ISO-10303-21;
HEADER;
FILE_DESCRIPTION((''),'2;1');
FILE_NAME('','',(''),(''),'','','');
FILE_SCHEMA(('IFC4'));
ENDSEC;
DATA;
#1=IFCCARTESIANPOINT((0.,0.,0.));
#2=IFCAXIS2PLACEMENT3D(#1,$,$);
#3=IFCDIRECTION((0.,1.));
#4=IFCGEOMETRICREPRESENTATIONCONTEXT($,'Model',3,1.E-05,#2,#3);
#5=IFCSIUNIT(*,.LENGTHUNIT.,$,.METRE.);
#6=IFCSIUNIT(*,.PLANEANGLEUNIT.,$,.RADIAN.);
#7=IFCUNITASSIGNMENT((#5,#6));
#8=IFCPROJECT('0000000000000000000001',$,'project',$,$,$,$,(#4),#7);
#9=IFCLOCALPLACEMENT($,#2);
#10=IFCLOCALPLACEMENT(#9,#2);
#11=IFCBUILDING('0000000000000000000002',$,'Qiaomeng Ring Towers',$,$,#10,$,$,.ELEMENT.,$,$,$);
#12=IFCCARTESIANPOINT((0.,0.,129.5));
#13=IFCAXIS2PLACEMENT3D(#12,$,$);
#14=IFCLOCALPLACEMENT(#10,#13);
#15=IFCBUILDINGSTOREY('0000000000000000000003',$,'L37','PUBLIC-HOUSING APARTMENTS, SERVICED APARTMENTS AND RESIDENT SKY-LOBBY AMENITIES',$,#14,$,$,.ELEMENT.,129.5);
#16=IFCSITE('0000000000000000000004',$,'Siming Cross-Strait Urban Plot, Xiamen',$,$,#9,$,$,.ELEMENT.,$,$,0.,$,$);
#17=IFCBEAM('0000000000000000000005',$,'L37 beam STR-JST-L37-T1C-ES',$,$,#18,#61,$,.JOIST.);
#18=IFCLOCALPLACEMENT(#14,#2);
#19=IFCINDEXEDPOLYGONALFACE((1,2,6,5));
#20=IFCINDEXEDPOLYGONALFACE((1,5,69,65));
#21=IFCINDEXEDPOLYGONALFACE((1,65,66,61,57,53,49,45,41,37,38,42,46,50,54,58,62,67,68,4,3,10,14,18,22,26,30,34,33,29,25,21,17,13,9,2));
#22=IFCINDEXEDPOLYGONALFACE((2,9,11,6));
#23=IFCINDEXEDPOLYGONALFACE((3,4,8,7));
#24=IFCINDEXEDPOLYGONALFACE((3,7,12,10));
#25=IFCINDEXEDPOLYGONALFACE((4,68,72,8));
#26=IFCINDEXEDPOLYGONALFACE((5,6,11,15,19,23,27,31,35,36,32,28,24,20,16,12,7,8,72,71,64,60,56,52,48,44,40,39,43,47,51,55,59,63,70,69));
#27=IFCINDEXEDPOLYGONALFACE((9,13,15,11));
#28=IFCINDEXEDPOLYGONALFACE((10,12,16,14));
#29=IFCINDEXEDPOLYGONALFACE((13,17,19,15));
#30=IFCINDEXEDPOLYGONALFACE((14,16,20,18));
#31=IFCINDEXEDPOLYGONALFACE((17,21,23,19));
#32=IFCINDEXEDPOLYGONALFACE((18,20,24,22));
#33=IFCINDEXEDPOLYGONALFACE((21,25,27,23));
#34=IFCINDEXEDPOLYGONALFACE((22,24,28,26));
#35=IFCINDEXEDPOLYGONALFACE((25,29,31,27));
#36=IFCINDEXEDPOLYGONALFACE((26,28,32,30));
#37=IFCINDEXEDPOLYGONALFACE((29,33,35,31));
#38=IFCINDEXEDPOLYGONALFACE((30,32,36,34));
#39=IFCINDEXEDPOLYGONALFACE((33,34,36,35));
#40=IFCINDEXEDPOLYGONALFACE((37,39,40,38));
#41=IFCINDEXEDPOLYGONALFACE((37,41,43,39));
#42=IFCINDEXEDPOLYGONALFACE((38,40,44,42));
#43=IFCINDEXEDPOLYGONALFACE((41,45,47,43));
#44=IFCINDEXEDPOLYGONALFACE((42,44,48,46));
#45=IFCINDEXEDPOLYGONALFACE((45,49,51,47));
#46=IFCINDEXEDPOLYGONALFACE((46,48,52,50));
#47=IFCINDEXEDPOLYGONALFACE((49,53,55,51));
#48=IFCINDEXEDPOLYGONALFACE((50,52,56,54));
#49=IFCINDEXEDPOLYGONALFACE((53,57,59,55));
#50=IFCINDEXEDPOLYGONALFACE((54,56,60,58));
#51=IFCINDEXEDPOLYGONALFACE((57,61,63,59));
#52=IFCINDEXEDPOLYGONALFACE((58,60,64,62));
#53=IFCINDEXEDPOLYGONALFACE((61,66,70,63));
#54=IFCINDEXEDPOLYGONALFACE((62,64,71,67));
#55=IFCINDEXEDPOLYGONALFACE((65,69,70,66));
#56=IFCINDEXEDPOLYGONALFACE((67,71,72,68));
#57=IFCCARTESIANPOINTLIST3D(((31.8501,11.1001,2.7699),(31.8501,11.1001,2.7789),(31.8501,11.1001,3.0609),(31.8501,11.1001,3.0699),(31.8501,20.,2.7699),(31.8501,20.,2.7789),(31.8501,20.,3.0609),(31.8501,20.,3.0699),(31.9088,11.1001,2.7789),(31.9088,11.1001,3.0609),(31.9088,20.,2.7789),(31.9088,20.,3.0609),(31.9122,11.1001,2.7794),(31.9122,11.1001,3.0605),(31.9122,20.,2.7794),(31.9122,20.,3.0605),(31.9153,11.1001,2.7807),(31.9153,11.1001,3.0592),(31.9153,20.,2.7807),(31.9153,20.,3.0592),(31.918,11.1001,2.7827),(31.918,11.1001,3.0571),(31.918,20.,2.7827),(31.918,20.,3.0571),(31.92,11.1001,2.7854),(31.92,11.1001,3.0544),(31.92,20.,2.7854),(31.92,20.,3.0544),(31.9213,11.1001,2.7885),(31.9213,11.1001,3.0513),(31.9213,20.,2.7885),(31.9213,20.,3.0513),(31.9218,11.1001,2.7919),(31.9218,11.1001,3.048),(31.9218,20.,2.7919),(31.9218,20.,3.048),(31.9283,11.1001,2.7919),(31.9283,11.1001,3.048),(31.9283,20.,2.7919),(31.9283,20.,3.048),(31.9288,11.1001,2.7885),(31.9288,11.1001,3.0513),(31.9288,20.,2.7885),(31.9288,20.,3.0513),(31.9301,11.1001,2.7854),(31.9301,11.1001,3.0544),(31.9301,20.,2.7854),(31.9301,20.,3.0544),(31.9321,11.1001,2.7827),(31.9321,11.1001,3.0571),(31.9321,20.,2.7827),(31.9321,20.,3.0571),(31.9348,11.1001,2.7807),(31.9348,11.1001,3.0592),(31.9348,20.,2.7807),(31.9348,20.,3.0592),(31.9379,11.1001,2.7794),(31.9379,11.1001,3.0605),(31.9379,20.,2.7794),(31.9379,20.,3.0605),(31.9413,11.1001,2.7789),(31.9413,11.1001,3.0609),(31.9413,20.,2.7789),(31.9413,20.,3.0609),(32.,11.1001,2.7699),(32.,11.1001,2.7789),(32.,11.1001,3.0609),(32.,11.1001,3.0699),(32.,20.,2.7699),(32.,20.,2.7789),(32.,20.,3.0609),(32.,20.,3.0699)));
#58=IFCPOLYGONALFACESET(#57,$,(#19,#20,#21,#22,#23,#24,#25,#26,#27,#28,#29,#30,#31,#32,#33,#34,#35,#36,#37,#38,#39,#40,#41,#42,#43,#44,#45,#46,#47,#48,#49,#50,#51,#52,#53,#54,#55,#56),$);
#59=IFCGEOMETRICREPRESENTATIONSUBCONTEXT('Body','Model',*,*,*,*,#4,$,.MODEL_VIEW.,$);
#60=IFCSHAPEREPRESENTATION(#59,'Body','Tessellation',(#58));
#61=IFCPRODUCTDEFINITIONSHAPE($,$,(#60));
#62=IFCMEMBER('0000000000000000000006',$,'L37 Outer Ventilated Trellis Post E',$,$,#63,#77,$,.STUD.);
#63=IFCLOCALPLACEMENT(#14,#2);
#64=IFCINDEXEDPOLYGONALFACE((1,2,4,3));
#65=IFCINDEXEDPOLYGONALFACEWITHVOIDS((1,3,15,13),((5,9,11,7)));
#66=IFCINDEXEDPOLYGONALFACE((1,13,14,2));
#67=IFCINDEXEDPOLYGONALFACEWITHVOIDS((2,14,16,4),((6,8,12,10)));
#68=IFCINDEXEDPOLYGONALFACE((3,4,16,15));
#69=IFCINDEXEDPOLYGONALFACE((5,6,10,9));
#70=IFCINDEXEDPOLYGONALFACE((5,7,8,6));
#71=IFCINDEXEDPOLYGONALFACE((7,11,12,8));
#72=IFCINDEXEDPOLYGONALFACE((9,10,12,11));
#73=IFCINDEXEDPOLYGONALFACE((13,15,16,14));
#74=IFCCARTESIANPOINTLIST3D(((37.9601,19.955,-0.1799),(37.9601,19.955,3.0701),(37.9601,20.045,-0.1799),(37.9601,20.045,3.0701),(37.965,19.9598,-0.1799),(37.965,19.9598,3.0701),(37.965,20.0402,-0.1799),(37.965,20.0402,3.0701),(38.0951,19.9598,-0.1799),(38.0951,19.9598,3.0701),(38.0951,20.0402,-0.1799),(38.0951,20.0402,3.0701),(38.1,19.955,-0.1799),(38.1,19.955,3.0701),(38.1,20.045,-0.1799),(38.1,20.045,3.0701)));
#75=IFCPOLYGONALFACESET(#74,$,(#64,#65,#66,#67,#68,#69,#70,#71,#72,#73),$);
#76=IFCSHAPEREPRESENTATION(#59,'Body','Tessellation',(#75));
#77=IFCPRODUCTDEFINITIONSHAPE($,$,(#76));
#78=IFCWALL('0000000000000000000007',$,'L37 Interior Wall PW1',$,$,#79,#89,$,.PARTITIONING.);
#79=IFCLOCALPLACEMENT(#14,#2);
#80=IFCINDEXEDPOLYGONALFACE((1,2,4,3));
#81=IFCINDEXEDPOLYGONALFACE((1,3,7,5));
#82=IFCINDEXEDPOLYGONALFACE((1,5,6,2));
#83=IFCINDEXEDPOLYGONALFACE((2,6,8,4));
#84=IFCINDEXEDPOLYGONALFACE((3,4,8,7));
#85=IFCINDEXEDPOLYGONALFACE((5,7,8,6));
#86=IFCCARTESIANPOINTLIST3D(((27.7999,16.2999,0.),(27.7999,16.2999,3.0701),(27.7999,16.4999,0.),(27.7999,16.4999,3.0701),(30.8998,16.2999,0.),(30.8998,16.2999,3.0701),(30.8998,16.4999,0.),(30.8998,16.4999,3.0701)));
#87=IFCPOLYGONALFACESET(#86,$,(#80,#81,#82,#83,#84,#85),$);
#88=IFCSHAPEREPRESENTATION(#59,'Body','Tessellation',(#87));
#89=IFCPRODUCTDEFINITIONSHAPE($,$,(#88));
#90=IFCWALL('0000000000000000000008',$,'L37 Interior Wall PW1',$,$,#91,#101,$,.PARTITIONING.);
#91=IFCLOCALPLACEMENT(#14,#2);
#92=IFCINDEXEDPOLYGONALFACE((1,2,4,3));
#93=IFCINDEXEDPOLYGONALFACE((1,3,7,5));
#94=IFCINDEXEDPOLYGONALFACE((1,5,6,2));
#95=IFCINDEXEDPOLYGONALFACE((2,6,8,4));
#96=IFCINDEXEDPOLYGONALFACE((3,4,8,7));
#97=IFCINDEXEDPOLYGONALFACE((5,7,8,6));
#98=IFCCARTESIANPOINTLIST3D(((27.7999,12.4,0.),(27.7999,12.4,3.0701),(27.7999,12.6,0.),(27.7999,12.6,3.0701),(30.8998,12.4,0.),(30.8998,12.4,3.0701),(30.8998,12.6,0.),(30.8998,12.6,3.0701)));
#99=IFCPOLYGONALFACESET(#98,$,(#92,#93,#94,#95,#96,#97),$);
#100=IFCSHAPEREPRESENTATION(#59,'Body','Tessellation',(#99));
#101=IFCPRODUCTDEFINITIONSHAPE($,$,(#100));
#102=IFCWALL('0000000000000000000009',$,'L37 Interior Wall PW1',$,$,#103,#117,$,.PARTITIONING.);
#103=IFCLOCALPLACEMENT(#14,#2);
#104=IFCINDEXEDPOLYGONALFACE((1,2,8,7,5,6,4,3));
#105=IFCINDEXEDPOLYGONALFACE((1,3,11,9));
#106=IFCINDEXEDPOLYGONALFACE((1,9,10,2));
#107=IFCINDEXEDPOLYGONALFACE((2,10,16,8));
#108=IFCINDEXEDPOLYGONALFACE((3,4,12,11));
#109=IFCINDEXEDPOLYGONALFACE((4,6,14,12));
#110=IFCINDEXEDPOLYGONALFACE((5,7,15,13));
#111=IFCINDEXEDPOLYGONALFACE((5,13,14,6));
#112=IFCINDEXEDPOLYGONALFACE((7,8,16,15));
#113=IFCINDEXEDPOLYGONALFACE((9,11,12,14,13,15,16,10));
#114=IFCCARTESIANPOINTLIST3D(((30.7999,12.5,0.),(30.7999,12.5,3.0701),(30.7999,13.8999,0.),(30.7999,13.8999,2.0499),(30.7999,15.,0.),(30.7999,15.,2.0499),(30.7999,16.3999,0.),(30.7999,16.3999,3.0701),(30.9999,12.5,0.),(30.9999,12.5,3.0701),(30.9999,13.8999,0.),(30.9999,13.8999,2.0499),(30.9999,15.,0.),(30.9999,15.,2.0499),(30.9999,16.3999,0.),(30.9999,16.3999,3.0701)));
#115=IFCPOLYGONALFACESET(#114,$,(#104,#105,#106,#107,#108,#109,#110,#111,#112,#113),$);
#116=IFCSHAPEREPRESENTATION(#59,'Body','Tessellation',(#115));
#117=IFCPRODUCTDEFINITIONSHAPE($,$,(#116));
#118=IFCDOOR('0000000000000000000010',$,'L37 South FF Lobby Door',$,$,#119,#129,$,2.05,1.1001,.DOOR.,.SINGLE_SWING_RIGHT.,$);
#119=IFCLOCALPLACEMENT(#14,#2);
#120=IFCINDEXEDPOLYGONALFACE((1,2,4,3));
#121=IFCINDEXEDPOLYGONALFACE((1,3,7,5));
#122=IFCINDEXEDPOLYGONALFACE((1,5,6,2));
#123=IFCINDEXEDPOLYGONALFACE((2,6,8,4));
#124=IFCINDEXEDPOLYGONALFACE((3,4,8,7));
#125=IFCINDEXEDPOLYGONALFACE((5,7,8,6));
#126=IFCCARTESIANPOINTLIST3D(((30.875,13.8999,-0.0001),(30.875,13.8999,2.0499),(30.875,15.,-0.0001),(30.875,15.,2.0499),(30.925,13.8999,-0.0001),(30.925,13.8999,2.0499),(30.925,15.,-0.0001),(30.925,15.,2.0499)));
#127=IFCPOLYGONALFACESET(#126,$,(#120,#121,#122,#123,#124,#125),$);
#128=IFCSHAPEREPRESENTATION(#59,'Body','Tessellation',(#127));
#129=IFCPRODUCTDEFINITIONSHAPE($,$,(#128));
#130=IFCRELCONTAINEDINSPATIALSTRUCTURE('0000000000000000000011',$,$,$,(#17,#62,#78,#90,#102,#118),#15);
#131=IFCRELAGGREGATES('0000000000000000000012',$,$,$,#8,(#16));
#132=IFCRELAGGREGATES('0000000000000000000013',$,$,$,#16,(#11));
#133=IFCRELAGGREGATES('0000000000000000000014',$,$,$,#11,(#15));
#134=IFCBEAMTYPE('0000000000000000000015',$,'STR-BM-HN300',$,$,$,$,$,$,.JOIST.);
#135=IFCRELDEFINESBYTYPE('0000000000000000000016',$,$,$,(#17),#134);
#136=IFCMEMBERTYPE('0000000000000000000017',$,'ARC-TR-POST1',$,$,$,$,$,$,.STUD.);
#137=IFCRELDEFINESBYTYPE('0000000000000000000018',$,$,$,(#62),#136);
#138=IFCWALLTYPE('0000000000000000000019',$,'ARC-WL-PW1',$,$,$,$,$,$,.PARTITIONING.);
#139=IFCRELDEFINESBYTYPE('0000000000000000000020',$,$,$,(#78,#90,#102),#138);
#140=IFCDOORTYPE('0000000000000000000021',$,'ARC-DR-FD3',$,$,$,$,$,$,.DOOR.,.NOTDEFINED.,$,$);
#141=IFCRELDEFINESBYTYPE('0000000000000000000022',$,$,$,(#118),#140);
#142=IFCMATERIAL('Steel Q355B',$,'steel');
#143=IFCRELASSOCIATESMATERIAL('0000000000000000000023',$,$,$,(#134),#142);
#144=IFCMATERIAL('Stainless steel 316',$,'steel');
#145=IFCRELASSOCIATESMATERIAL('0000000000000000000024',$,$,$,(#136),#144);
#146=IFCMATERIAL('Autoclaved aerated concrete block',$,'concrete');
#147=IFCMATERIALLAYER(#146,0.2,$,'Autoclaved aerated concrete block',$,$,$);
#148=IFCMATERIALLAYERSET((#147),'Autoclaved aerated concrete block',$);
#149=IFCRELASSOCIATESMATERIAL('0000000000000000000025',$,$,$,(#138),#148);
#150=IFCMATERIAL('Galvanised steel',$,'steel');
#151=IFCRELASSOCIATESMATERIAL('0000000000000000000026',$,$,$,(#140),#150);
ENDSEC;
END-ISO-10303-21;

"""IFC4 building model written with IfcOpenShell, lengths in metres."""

from ifc_helpers import new_model, si_unit, direction, frame, frame_2d, origin, origin_2d, place, context, subcontext, project, spatial, rectangle, hollow_rectangle, i_section, extrude, source, transform, mapped, material, layer, layer_set, material_profile, profile_set, type_object, element, fill, save


model = new_model("IFC4")

# Units and contexts
model_context = context("Model", 3, precision=1e-05, world=origin(), true_north=direction((0.0, 1.0)))
body_context = subcontext(model_context, "Body", "Model", "MODEL_VIEW")
ifc_project = project(units=[si_unit("LENGTHUNIT", "METRE"), si_unit("PLANEANGLEUNIT", "RADIAN")], contexts=[model_context])

# Site, building, storey
site_placement = place(None, origin())
site = spatial("IfcSite", under=ifc_project, at=site_placement, Name="Siming Cross-Strait Urban Plot, Xiamen", CompositionType="ELEMENT", RefElevation=0.0)
building_placement = place(site_placement, origin())
building = spatial("IfcBuilding", under=site, at=building_placement, Name="Qiaomeng Ring Towers", CompositionType="ELEMENT")
storey_placement = place(building_placement, frame((0.0, 0.0, 129.5)))
storey = spatial("IfcBuildingStorey", under=building, at=storey_placement, Name="L37", Description="PUBLIC-HOUSING APARTMENTS, SERVICED APARTMENTS AND RESIDENT SKY-LOBBY AMENITIES", CompositionType="ELEMENT", Elevation=129.5)

# Beam
ifc_material_1 = material(Name="Steel Q355B", Category="steel")
ifc_material_profile_1 = material_profile(ifc_material_1, i_section(OverallWidth=0.1499, OverallDepth=0.3, WebThickness=0.0066, FlangeThickness=0.009, FilletRadius=0.0129, at=origin_2d()), Name="HN 300x150x6.5x9")
ifc_profile_set_1 = profile_set([ifc_material_profile_1], Name="Steel Q355B")
beam_type_1 = type_object("IfcBeamType", Name="STR-BM-HN300", PredefinedType="JOIST", material=ifc_profile_set_1)
shared_shape_1 = source(origin(), body_context, "Body", "SweptSolid", [
    extrude(i_section(OverallWidth=0.1499, OverallDepth=0.3, WebThickness=0.0066, FlangeThickness=0.009, FilletRadius=0.0129, at=origin_2d()), origin(), (0.0, 0.0, 1.0), 8.8999),
])
beam_1_placement = place(storey_placement, frame((31.925, 11.1001, 2.9199), z_axis=(0.0, 1.0, 0.0), x_axis=(-1.0, 0.0, 0.0)))
element("IfcBeam", 1, at=beam_1_placement, inside=storey, type_object=beam_type_1, Name="L37 beam STR-JST-L37-T1C-ES", PredefinedType="JOIST", context=body_context, shape_type="MappedRepresentation", body=[
    mapped(shared_shape_1, transform((0.0, 0.0, 0.0), x_axis=(1.0, 0.0, 0.0), y_axis=(0.0, 1.0, 0.0), z_axis=(0.0, 0.0, 1.0), scale=1.0)),
])

# Member
ifc_material_2 = material(Name="Stainless steel 316", Category="steel")
ifc_material_profile_2 = material_profile(ifc_material_2, hollow_rectangle(XDim=0.0901, YDim=0.1399, WallThickness=0.0049, at=origin_2d()), Name="SS TRELLIS 90x140")
ifc_profile_set_2 = profile_set([ifc_material_profile_2], Name="Stainless steel 316")
member_type = type_object("IfcMemberType", Name="ARC-TR-POST1", PredefinedType="STUD", material=ifc_profile_set_2)
shared_shape_2 = source(origin(), body_context, "Body", "SweptSolid", [
    extrude(hollow_rectangle(XDim=0.0901, YDim=0.1399, WallThickness=0.0049, at=origin_2d()), origin(), (0.0, 0.0, 1.0), 3.25),
])
member_placement = place(storey_placement, frame((38.03, 20.0, -0.1799), z_axis=(0.0, 0.0, 1.0), x_axis=(0.0, 1.0, 0.0)))
element("IfcMember", 2, at=member_placement, inside=storey, type_object=member_type, Name="L37 Outer Ventilated Trellis Post E", PredefinedType="STUD", context=body_context, shape_type="MappedRepresentation", body=[
    mapped(shared_shape_2, transform((0.0, 0.0, 0.0), x_axis=(1.0, 0.0, 0.0), y_axis=(0.0, 1.0, 0.0), z_axis=(0.0, 0.0, 1.0), scale=1.0)),
])

# Walls
ifc_material_3 = material(Name="Autoclaved aerated concrete block", Category="concrete")
ifc_layer_1 = layer(ifc_material_3, 0.2, Name="Autoclaved aerated concrete block")
ifc_layer_set_1 = layer_set([ifc_layer_1], Name="Autoclaved aerated concrete block")
wall_type_1 = type_object("IfcWallType", Name="ARC-WL-PW1", PredefinedType="PARTITIONING", material=ifc_layer_set_1)
for number, where, z_axis, x_axis, name in (
    (3, (27.8, 16.3999, 0.0), (0.0, 0.0, 1.0), (1.0, 0.0, 0.0), "L37 Interior Wall PW1"),
    (4, (27.8, 12.5, 0.0), (0.0, 0.0, 1.0), (1.0, 0.0, 0.0), "L37 Interior Wall PW1"),
):
    element("IfcWall", number, at=place(storey_placement, frame(where, z_axis=z_axis, x_axis=x_axis)), inside=storey, type_object=wall_type_1, Name=name, PredefinedType="PARTITIONING", context=body_context, shape_type="SweptSolid", body=[
        extrude(rectangle(XDim=3.0999, YDim=0.2, at=frame_2d((1.5498, 0.0))), origin(), (0.0, 0.0, 1.0), 3.0701),
    ])

# Wall, opening, door
wall_1_placement = place(storey_placement, frame((30.8999, 12.5, 0.0), z_axis=(0.0, 0.0, 1.0), x_axis=(0.0, 1.0, 0.0)))
wall_1 = element("IfcWall", 5, at=wall_1_placement, inside=storey, type_object=wall_type_1, Name="L37 Interior Wall PW1", PredefinedType="PARTITIONING", context=body_context, shape_type="SweptSolid", body=[
    extrude(rectangle(XDim=3.8999, YDim=0.2, at=frame_2d((1.95, 0.0))), origin(), (0.0, 0.0, 1.0), 3.0701),
])
opening_1_placement = place(wall_1_placement, frame((1.3999, 0.0, 0.0)))
opening_1 = element("IfcOpeningElement", 6, at=opening_1_placement, cuts=wall_1, PredefinedType="OPENING", context=body_context, shape_type="SweptSolid", body=[
    extrude(rectangle(XDim=1.1001, YDim=2.05, at=frame_2d((0.55, 1.0249))), frame((0.0, 0.1099, 0.0), z_axis=(0.0, -1.0, 0.0), x_axis=(1.0, 0.0, 0.0)), (0.0, 0.0, 1.0), 0.22),
])
ifc_material_4 = material(Name="Galvanised steel", Category="steel")
door_type_1 = type_object("IfcDoorType", Name="ARC-DR-FD3", OperationType="NOTDEFINED", PredefinedType="DOOR", material=ifc_material_4)
shared_shape_3 = source(origin(), body_context, "Body", "SweptSolid", [
    extrude(rectangle(XDim=1.1001, YDim=2.05, at=frame_2d((0.55, 1.0249))), frame((0.0, 0.0249, 0.0), z_axis=(0.0, -1.0, 0.0), x_axis=(1.0, 0.0, 0.0)), (0.0, 0.0, 1.0), 0.05),
])
door_1_placement = place(opening_1_placement, origin())
door_1 = element("IfcDoor", 7, at=door_1_placement, inside=storey, type_object=door_type_1, Name="L37 South FF Lobby Door", OperationType="SINGLE_SWING_RIGHT", OverallHeight=2.05, OverallWidth=1.1001, PredefinedType="DOOR", context=body_context, shape_type="MappedRepresentation", body=[
    mapped(shared_shape_3, transform((0.0, 0.0, 0.0), x_axis=(1.0, 0.0, 0.0), y_axis=(0.0, 1.0, 0.0), z_axis=(0.0, 0.0, 1.0), scale=1.0)),
])
fill(opening_1, door_1)

save(model, "model.ifc")
